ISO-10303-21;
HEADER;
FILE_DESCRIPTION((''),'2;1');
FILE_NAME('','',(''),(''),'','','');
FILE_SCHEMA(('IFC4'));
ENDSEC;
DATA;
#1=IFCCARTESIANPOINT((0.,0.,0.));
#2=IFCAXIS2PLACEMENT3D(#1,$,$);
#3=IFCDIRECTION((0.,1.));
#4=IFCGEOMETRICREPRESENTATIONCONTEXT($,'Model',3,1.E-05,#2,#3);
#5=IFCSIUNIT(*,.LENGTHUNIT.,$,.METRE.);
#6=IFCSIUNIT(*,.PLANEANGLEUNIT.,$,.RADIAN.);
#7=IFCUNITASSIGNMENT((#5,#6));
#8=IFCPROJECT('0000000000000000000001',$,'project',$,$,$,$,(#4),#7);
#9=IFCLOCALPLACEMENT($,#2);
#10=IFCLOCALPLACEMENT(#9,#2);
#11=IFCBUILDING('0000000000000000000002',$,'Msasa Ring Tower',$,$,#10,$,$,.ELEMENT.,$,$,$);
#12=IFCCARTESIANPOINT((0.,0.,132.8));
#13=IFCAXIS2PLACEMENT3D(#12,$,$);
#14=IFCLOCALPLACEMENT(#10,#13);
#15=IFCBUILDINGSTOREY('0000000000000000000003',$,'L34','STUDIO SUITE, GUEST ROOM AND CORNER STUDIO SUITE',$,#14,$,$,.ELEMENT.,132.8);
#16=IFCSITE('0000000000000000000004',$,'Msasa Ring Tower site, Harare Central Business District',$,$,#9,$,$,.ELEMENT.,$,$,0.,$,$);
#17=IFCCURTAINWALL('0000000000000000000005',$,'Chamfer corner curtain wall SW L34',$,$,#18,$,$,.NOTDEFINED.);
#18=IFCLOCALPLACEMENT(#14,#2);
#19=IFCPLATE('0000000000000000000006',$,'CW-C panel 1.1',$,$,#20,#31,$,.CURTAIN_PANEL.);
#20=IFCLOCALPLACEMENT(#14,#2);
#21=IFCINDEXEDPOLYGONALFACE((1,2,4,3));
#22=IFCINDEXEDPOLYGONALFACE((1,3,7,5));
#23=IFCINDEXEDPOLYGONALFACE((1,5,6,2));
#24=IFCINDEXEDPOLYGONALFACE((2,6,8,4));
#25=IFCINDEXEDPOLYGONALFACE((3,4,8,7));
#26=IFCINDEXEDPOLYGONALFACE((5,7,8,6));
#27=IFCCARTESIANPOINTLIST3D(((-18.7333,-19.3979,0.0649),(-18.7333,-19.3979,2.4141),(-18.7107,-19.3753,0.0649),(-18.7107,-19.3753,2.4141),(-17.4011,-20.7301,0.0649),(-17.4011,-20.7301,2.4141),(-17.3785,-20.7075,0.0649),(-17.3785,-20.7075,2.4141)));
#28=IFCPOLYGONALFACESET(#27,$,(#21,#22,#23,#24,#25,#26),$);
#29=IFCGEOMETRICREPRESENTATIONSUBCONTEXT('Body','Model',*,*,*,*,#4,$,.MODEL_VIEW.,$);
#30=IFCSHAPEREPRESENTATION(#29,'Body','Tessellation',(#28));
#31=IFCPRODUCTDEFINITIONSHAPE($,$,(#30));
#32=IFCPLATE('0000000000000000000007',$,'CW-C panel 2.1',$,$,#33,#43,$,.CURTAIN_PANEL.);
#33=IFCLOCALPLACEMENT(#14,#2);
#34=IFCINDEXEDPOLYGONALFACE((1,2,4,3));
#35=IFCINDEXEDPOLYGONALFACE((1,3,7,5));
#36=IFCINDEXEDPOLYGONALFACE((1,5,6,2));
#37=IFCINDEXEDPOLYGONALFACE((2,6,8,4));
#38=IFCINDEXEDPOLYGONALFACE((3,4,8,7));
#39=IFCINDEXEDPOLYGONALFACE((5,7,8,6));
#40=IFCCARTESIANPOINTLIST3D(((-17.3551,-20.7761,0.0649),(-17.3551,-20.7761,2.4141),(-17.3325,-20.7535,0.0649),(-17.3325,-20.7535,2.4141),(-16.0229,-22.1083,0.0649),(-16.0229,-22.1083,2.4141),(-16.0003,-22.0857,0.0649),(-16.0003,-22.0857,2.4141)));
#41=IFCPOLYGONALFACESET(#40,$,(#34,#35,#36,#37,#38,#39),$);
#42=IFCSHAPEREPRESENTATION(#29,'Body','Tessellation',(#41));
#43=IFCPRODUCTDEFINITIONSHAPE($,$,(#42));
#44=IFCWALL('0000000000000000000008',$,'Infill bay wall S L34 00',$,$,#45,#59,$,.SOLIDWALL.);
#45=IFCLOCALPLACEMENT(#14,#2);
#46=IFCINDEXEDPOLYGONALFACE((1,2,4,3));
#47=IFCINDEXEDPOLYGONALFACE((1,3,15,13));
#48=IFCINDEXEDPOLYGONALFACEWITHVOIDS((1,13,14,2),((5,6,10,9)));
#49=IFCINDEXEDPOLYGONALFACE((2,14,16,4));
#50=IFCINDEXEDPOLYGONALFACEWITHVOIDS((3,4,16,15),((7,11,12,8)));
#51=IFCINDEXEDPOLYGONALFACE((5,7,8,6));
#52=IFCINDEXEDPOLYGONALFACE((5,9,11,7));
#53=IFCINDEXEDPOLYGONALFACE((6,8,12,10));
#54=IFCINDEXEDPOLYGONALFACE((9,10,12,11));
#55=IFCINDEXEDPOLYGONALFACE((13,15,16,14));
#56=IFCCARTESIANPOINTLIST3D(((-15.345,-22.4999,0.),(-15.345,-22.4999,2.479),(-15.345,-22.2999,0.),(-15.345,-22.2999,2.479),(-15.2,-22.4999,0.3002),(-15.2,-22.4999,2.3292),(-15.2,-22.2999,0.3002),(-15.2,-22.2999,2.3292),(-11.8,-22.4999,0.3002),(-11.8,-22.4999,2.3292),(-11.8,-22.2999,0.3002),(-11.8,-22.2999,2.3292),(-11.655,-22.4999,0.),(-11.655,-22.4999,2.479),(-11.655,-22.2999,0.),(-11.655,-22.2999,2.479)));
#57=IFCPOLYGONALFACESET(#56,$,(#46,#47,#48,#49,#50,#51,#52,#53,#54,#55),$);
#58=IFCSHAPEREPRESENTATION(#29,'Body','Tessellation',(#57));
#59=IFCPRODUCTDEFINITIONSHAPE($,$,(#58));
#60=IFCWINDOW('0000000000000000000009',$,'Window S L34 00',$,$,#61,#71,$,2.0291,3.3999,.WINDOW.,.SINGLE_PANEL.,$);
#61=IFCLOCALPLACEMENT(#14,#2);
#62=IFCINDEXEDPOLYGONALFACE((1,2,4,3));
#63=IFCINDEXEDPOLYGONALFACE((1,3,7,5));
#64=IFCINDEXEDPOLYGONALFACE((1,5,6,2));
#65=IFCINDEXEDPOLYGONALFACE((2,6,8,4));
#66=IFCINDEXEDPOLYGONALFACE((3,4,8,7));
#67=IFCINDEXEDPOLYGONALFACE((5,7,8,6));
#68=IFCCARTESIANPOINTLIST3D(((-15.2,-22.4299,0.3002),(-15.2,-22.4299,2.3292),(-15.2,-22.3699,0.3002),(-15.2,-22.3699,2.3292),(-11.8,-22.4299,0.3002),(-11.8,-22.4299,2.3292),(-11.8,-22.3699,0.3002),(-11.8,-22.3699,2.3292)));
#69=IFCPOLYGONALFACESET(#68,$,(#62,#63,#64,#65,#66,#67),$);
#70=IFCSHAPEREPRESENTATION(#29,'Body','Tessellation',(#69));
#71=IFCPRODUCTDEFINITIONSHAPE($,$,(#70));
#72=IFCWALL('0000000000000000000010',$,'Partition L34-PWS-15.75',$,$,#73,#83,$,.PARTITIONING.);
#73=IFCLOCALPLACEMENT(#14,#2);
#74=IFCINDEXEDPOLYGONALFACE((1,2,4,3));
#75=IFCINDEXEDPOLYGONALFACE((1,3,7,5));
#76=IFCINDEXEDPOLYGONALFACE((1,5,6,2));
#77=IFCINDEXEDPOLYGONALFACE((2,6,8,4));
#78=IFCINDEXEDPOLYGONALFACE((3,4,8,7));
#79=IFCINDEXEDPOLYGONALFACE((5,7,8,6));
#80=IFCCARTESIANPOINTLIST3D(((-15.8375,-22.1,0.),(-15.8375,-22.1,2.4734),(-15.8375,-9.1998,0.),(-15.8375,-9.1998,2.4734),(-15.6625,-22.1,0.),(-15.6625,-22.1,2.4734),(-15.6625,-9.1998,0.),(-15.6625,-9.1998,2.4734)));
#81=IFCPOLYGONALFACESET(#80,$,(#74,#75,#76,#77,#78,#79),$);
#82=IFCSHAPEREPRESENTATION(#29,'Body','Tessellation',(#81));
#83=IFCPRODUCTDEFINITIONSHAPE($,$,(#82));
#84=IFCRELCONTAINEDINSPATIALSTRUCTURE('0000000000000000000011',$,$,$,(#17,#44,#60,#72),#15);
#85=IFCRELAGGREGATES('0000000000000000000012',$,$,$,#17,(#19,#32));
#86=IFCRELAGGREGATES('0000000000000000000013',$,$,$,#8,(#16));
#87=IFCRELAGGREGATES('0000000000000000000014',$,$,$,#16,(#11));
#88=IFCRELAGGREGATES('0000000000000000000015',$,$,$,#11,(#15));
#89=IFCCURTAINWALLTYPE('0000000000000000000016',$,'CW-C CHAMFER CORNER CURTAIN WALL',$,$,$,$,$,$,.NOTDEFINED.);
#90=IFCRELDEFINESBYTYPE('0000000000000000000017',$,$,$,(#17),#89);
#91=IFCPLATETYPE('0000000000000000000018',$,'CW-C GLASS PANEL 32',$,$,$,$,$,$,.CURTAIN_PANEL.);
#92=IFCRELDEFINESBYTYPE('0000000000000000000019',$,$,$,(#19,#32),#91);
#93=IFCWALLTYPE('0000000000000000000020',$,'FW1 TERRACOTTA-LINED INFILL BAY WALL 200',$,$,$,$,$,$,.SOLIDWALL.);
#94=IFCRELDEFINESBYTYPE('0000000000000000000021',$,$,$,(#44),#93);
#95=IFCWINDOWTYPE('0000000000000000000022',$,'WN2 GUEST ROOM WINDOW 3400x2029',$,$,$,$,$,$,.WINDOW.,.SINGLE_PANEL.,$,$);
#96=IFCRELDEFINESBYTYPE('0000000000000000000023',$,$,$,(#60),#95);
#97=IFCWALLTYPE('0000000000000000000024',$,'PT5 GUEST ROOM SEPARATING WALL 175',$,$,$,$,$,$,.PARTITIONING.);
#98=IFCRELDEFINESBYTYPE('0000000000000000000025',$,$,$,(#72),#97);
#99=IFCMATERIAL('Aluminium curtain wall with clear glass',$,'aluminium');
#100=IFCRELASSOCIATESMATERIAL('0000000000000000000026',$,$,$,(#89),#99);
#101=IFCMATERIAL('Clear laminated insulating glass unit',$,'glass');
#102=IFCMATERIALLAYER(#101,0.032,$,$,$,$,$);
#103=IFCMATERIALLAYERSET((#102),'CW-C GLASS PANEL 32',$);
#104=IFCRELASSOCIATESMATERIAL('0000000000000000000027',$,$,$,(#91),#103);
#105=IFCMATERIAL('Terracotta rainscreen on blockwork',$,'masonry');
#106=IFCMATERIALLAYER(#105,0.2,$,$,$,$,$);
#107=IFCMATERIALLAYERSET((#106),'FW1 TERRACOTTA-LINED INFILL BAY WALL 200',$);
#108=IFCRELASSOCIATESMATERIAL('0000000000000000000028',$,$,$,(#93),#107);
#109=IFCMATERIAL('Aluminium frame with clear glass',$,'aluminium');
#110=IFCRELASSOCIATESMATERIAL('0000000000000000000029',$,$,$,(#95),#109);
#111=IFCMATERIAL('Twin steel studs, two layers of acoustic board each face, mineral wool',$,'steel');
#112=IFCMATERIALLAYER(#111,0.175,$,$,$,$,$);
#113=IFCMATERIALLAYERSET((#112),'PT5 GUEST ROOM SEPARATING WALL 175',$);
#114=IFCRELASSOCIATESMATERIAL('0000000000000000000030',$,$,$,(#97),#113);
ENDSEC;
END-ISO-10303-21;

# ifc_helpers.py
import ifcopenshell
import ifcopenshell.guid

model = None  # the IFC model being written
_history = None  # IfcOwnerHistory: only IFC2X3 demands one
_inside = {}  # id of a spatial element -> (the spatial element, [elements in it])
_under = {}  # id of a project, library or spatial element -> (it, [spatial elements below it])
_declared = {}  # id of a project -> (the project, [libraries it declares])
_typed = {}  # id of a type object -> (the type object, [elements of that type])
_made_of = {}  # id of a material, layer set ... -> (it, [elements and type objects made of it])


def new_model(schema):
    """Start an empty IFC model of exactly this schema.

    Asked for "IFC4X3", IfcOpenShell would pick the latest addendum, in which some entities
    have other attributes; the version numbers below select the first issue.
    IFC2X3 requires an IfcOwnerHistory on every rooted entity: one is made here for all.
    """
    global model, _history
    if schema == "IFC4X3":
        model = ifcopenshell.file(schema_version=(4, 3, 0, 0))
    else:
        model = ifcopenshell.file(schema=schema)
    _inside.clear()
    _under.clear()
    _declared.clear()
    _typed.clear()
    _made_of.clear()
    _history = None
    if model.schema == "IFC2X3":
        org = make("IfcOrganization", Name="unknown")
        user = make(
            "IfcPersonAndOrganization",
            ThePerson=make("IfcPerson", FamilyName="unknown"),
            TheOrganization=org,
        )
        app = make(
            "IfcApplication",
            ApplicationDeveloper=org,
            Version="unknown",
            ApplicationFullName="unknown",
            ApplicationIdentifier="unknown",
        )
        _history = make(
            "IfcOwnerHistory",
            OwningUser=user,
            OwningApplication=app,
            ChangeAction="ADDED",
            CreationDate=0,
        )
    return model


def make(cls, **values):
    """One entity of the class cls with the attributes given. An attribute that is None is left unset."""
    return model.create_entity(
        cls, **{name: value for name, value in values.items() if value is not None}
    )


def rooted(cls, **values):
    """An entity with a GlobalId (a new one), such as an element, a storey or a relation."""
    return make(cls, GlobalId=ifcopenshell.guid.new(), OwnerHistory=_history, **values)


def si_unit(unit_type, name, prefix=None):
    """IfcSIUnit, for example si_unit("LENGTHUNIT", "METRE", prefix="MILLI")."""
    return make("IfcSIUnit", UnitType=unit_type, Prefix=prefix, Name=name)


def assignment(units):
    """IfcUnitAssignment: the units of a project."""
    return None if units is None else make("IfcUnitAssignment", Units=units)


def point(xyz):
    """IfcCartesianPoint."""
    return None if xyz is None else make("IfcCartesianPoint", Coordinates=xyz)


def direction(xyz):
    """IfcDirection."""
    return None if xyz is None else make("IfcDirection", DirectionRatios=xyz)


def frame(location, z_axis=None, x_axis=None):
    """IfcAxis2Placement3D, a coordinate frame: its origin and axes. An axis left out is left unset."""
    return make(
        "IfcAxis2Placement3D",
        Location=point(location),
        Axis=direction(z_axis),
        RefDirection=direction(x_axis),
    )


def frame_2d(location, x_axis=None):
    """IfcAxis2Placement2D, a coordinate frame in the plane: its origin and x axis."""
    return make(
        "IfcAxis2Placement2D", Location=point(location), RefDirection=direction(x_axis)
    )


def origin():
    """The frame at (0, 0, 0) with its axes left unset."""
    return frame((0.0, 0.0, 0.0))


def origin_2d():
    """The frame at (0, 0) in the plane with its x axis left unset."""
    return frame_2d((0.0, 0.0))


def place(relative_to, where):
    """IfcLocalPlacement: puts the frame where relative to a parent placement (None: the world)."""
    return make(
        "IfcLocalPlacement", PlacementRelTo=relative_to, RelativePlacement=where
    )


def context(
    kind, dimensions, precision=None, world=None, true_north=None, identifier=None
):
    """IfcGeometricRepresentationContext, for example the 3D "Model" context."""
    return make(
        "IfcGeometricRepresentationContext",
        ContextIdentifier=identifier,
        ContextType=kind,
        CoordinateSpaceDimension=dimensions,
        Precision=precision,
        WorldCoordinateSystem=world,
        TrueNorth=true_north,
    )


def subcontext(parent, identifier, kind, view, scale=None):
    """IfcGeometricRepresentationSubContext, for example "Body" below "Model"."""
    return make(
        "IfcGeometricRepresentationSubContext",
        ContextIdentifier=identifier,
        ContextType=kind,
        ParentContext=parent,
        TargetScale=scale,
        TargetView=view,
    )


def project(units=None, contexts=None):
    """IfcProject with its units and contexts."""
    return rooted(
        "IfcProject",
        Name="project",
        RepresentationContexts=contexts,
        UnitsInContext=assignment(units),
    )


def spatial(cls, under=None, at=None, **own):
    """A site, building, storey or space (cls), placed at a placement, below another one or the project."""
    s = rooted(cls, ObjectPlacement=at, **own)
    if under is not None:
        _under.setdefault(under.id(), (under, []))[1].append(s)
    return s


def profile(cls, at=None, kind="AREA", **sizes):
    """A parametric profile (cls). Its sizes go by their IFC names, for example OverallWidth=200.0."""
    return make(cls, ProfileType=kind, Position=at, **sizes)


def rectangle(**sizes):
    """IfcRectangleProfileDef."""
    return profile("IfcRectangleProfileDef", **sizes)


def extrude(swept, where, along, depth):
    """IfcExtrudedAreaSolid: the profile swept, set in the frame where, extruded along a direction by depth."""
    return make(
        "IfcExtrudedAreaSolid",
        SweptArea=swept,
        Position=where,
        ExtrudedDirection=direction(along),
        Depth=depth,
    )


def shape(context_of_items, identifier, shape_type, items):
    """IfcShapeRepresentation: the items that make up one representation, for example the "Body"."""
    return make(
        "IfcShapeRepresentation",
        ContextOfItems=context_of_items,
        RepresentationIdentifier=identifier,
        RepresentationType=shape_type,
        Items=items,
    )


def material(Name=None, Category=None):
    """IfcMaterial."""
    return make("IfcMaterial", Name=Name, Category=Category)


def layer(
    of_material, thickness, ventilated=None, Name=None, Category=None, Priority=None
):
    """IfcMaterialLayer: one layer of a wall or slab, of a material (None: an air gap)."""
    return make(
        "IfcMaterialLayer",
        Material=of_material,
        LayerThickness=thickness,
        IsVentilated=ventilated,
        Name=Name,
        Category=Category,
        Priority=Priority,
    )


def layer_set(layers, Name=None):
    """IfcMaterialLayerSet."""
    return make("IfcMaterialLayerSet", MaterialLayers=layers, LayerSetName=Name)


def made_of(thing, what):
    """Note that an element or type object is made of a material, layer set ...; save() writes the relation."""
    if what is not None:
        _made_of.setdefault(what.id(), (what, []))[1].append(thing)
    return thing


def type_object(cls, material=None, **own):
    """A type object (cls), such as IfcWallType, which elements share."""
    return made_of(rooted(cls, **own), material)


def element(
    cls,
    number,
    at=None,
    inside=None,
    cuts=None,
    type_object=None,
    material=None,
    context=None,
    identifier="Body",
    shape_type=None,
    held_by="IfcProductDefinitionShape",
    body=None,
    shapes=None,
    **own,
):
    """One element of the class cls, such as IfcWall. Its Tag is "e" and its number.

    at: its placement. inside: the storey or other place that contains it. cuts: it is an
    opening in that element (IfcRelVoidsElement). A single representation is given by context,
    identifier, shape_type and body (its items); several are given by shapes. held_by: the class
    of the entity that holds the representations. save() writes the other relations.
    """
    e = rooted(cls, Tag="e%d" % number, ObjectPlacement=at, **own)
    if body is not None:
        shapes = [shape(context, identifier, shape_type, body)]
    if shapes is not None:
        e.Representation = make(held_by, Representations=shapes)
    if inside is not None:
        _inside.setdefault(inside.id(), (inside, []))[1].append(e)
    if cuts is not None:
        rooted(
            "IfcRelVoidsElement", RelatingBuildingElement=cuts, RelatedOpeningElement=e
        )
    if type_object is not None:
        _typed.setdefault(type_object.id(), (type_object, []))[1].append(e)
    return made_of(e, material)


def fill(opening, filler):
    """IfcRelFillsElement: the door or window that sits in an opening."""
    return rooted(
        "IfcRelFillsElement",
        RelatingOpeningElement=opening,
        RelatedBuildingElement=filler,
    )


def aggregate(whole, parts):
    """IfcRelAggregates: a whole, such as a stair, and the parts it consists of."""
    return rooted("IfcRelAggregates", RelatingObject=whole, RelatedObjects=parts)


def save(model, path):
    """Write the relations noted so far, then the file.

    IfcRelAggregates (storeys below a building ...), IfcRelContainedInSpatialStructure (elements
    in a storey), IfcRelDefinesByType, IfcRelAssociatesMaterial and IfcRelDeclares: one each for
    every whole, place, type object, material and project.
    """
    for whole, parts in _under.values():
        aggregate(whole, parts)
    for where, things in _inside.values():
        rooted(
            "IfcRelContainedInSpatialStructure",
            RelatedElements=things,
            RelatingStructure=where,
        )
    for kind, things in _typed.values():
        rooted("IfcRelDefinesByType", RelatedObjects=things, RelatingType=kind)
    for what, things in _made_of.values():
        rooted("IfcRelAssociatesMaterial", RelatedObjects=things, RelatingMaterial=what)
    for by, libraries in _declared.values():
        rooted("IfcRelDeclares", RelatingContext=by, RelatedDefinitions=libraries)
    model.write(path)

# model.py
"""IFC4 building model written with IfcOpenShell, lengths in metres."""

from ifc_helpers import new_model, si_unit, direction, frame, frame_2d, origin, origin_2d, place, context, subcontext, project, spatial, rectangle, extrude, material, layer, layer_set, type_object, element, fill, aggregate, save


model = new_model("IFC4")

# Units and contexts
model_context = context("Model", 3, precision=1e-05, world=origin(), true_north=direction((0.0, 1.0)))
body_context = subcontext(model_context, "Body", "Model", "MODEL_VIEW")
ifc_project = project(units=[si_unit("LENGTHUNIT", "METRE"), si_unit("PLANEANGLEUNIT", "RADIAN")], contexts=[model_context])

# Site, building, storey
site_placement = place(None, origin())
site = spatial("IfcSite", under=ifc_project, at=site_placement, Name="Msasa Ring Tower site, Harare Central Business District", CompositionType="ELEMENT", RefElevation=0.0)
building_placement = place(site_placement, origin())
building = spatial("IfcBuilding", under=site, at=building_placement, Name="Msasa Ring Tower", CompositionType="ELEMENT")
storey_placement = place(building_placement, frame((0.0, 0.0, 132.8)))
storey = spatial("IfcBuildingStorey", under=building, at=storey_placement, Name="L34", Description="STUDIO SUITE, GUEST ROOM AND CORNER STUDIO SUITE", CompositionType="ELEMENT", Elevation=132.8)

# Curtain wall
ifc_material_1 = material(Name="Aluminium curtain wall with clear glass", Category="aluminium")
curtain_wall_type = type_object("IfcCurtainWallType", Name="CW-C CHAMFER CORNER CURTAIN WALL", PredefinedType="NOTDEFINED", material=ifc_material_1)
curtain_wall_1_placement = place(storey_placement, origin())
curtain_wall_1 = element("IfcCurtainWall", 1, at=curtain_wall_1_placement, inside=storey, type_object=curtain_wall_type, Name="Chamfer corner curtain wall SW L34", PredefinedType="NOTDEFINED")

# Plates
ifc_material_2 = material(Name="Clear laminated insulating glass unit", Category="glass")
ifc_layer_1 = layer(ifc_material_2, 0.032)
ifc_layer_set_1 = layer_set([ifc_layer_1], Name="CW-C GLASS PANEL 32")
plate_type = type_object("IfcPlateType", Name="CW-C GLASS PANEL 32", PredefinedType="CURTAIN_PANEL", material=ifc_layer_set_1)
plate_1_placement = place(storey_placement, frame((-18.0559, -20.0527, 0.0649), z_axis=(0.0, 0.0, 1.0), x_axis=(0.707107, -0.707107, 0.0)))
plate_1 = element("IfcPlate", 2, at=plate_1_placement, type_object=plate_type, Name="CW-C panel 1.1", PredefinedType="CURTAIN_PANEL", context=body_context, shape_type="SweptSolid", body=[
    extrude(rectangle(XDim=1.884, YDim=0.032, at=origin_2d()), origin(), (0.0, 0.0, 1.0), 2.3491),
])
plate_2_placement = place(storey_placement, frame((-16.6777, -21.4309, 0.0649), z_axis=(0.0, 0.0, 1.0), x_axis=(0.707107, -0.707107, 0.0)))
plate_2 = element("IfcPlate", 3, at=plate_2_placement, type_object=plate_type, Name="CW-C panel 2.1", PredefinedType="CURTAIN_PANEL", context=body_context, shape_type="SweptSolid", body=[
    extrude(rectangle(XDim=1.884, YDim=0.032, at=origin_2d()), origin(), (0.0, 0.0, 1.0), 2.3491),
])
aggregate(curtain_wall_1, [plate_1, plate_2])

# Wall, opening, window
ifc_material_3 = material(Name="Terracotta rainscreen on blockwork", Category="masonry")
ifc_layer_2 = layer(ifc_material_3, 0.2)
ifc_layer_set_2 = layer_set([ifc_layer_2], Name="FW1 TERRACOTTA-LINED INFILL BAY WALL 200")
wall_type_1 = type_object("IfcWallType", Name="FW1 TERRACOTTA-LINED INFILL BAY WALL 200", PredefinedType="SOLIDWALL", material=ifc_layer_set_2)
wall_1_placement = place(storey_placement, frame((-15.345, -22.3999, 0.0), z_axis=(0.0, 0.0, 1.0), x_axis=(1.0, 0.0, 0.0)))
wall_1 = element("IfcWall", 4, at=wall_1_placement, inside=storey, type_object=wall_type_1, Name="Infill bay wall S L34 00", PredefinedType="SOLIDWALL", context=body_context, shape_type="SweptSolid", body=[
    extrude(rectangle(XDim=3.6899, YDim=0.2, at=frame_2d((1.845, 0.0))), origin(), (0.0, 0.0, 1.0), 2.479),
])
opening_placement = place(wall_1_placement, frame((0.145, 0.0, 0.3)))
opening = element("IfcOpeningElement", 5, at=opening_placement, cuts=wall_1, PredefinedType="OPENING", context=body_context, shape_type="SweptSolid", body=[
    extrude(rectangle(XDim=3.3999, YDim=2.0291, at=frame_2d((1.7, 1.0146))), frame((0.0, 0.1099, 0.0), z_axis=(0.0, -1.0, 0.0), x_axis=(1.0, 0.0, 0.0)), (0.0, 0.0, 1.0), 0.22),
])
ifc_material_4 = material(Name="Aluminium frame with clear glass", Category="aluminium")
window_type = type_object("IfcWindowType", Name="WN2 GUEST ROOM WINDOW 3400x2029", PartitioningType="SINGLE_PANEL", PredefinedType="WINDOW", material=ifc_material_4)
window_placement = place(opening_placement, origin())
window = element("IfcWindow", 6, at=window_placement, inside=storey, type_object=window_type, Name="Window S L34 00", OverallHeight=2.0291, OverallWidth=3.3999, PartitioningType="SINGLE_PANEL", PredefinedType="WINDOW", context=body_context, shape_type="SweptSolid", body=[
    extrude(rectangle(XDim=3.3999, YDim=2.0291, at=frame_2d((1.7, 1.0146))), frame((0.0, 0.03, 0.0), z_axis=(0.0, -1.0, 0.0), x_axis=(1.0, 0.0, 0.0)), (0.0, 0.0, 1.0), 0.0601),
])
fill(opening, window)

# Wall
ifc_material_5 = material(Name="Twin steel studs, two layers of acoustic board each face, mineral wool", Category="steel")
ifc_layer_3 = layer(ifc_material_5, 0.175)
ifc_layer_set_3 = layer_set([ifc_layer_3], Name="PT5 GUEST ROOM SEPARATING WALL 175")
wall_type_2 = type_object("IfcWallType", Name="PT5 GUEST ROOM SEPARATING WALL 175", PredefinedType="PARTITIONING", material=ifc_layer_set_3)
wall_2_placement = place(storey_placement, frame((-15.75, -22.1001, 0.0), z_axis=(0.0, 0.0, 1.0), x_axis=(0.0, 1.0, 0.0)))
element("IfcWall", 7, at=wall_2_placement, inside=storey, type_object=wall_type_2, Name="Partition L34-PWS-15.75", PredefinedType="PARTITIONING", context=body_context, shape_type="SweptSolid", body=[
    extrude(rectangle(XDim=12.9001, YDim=0.175, at=frame_2d((6.4502, 0.0))), origin(), (0.0, 0.0, 1.0), 2.4734),
])

save(model, "model.ifc")
